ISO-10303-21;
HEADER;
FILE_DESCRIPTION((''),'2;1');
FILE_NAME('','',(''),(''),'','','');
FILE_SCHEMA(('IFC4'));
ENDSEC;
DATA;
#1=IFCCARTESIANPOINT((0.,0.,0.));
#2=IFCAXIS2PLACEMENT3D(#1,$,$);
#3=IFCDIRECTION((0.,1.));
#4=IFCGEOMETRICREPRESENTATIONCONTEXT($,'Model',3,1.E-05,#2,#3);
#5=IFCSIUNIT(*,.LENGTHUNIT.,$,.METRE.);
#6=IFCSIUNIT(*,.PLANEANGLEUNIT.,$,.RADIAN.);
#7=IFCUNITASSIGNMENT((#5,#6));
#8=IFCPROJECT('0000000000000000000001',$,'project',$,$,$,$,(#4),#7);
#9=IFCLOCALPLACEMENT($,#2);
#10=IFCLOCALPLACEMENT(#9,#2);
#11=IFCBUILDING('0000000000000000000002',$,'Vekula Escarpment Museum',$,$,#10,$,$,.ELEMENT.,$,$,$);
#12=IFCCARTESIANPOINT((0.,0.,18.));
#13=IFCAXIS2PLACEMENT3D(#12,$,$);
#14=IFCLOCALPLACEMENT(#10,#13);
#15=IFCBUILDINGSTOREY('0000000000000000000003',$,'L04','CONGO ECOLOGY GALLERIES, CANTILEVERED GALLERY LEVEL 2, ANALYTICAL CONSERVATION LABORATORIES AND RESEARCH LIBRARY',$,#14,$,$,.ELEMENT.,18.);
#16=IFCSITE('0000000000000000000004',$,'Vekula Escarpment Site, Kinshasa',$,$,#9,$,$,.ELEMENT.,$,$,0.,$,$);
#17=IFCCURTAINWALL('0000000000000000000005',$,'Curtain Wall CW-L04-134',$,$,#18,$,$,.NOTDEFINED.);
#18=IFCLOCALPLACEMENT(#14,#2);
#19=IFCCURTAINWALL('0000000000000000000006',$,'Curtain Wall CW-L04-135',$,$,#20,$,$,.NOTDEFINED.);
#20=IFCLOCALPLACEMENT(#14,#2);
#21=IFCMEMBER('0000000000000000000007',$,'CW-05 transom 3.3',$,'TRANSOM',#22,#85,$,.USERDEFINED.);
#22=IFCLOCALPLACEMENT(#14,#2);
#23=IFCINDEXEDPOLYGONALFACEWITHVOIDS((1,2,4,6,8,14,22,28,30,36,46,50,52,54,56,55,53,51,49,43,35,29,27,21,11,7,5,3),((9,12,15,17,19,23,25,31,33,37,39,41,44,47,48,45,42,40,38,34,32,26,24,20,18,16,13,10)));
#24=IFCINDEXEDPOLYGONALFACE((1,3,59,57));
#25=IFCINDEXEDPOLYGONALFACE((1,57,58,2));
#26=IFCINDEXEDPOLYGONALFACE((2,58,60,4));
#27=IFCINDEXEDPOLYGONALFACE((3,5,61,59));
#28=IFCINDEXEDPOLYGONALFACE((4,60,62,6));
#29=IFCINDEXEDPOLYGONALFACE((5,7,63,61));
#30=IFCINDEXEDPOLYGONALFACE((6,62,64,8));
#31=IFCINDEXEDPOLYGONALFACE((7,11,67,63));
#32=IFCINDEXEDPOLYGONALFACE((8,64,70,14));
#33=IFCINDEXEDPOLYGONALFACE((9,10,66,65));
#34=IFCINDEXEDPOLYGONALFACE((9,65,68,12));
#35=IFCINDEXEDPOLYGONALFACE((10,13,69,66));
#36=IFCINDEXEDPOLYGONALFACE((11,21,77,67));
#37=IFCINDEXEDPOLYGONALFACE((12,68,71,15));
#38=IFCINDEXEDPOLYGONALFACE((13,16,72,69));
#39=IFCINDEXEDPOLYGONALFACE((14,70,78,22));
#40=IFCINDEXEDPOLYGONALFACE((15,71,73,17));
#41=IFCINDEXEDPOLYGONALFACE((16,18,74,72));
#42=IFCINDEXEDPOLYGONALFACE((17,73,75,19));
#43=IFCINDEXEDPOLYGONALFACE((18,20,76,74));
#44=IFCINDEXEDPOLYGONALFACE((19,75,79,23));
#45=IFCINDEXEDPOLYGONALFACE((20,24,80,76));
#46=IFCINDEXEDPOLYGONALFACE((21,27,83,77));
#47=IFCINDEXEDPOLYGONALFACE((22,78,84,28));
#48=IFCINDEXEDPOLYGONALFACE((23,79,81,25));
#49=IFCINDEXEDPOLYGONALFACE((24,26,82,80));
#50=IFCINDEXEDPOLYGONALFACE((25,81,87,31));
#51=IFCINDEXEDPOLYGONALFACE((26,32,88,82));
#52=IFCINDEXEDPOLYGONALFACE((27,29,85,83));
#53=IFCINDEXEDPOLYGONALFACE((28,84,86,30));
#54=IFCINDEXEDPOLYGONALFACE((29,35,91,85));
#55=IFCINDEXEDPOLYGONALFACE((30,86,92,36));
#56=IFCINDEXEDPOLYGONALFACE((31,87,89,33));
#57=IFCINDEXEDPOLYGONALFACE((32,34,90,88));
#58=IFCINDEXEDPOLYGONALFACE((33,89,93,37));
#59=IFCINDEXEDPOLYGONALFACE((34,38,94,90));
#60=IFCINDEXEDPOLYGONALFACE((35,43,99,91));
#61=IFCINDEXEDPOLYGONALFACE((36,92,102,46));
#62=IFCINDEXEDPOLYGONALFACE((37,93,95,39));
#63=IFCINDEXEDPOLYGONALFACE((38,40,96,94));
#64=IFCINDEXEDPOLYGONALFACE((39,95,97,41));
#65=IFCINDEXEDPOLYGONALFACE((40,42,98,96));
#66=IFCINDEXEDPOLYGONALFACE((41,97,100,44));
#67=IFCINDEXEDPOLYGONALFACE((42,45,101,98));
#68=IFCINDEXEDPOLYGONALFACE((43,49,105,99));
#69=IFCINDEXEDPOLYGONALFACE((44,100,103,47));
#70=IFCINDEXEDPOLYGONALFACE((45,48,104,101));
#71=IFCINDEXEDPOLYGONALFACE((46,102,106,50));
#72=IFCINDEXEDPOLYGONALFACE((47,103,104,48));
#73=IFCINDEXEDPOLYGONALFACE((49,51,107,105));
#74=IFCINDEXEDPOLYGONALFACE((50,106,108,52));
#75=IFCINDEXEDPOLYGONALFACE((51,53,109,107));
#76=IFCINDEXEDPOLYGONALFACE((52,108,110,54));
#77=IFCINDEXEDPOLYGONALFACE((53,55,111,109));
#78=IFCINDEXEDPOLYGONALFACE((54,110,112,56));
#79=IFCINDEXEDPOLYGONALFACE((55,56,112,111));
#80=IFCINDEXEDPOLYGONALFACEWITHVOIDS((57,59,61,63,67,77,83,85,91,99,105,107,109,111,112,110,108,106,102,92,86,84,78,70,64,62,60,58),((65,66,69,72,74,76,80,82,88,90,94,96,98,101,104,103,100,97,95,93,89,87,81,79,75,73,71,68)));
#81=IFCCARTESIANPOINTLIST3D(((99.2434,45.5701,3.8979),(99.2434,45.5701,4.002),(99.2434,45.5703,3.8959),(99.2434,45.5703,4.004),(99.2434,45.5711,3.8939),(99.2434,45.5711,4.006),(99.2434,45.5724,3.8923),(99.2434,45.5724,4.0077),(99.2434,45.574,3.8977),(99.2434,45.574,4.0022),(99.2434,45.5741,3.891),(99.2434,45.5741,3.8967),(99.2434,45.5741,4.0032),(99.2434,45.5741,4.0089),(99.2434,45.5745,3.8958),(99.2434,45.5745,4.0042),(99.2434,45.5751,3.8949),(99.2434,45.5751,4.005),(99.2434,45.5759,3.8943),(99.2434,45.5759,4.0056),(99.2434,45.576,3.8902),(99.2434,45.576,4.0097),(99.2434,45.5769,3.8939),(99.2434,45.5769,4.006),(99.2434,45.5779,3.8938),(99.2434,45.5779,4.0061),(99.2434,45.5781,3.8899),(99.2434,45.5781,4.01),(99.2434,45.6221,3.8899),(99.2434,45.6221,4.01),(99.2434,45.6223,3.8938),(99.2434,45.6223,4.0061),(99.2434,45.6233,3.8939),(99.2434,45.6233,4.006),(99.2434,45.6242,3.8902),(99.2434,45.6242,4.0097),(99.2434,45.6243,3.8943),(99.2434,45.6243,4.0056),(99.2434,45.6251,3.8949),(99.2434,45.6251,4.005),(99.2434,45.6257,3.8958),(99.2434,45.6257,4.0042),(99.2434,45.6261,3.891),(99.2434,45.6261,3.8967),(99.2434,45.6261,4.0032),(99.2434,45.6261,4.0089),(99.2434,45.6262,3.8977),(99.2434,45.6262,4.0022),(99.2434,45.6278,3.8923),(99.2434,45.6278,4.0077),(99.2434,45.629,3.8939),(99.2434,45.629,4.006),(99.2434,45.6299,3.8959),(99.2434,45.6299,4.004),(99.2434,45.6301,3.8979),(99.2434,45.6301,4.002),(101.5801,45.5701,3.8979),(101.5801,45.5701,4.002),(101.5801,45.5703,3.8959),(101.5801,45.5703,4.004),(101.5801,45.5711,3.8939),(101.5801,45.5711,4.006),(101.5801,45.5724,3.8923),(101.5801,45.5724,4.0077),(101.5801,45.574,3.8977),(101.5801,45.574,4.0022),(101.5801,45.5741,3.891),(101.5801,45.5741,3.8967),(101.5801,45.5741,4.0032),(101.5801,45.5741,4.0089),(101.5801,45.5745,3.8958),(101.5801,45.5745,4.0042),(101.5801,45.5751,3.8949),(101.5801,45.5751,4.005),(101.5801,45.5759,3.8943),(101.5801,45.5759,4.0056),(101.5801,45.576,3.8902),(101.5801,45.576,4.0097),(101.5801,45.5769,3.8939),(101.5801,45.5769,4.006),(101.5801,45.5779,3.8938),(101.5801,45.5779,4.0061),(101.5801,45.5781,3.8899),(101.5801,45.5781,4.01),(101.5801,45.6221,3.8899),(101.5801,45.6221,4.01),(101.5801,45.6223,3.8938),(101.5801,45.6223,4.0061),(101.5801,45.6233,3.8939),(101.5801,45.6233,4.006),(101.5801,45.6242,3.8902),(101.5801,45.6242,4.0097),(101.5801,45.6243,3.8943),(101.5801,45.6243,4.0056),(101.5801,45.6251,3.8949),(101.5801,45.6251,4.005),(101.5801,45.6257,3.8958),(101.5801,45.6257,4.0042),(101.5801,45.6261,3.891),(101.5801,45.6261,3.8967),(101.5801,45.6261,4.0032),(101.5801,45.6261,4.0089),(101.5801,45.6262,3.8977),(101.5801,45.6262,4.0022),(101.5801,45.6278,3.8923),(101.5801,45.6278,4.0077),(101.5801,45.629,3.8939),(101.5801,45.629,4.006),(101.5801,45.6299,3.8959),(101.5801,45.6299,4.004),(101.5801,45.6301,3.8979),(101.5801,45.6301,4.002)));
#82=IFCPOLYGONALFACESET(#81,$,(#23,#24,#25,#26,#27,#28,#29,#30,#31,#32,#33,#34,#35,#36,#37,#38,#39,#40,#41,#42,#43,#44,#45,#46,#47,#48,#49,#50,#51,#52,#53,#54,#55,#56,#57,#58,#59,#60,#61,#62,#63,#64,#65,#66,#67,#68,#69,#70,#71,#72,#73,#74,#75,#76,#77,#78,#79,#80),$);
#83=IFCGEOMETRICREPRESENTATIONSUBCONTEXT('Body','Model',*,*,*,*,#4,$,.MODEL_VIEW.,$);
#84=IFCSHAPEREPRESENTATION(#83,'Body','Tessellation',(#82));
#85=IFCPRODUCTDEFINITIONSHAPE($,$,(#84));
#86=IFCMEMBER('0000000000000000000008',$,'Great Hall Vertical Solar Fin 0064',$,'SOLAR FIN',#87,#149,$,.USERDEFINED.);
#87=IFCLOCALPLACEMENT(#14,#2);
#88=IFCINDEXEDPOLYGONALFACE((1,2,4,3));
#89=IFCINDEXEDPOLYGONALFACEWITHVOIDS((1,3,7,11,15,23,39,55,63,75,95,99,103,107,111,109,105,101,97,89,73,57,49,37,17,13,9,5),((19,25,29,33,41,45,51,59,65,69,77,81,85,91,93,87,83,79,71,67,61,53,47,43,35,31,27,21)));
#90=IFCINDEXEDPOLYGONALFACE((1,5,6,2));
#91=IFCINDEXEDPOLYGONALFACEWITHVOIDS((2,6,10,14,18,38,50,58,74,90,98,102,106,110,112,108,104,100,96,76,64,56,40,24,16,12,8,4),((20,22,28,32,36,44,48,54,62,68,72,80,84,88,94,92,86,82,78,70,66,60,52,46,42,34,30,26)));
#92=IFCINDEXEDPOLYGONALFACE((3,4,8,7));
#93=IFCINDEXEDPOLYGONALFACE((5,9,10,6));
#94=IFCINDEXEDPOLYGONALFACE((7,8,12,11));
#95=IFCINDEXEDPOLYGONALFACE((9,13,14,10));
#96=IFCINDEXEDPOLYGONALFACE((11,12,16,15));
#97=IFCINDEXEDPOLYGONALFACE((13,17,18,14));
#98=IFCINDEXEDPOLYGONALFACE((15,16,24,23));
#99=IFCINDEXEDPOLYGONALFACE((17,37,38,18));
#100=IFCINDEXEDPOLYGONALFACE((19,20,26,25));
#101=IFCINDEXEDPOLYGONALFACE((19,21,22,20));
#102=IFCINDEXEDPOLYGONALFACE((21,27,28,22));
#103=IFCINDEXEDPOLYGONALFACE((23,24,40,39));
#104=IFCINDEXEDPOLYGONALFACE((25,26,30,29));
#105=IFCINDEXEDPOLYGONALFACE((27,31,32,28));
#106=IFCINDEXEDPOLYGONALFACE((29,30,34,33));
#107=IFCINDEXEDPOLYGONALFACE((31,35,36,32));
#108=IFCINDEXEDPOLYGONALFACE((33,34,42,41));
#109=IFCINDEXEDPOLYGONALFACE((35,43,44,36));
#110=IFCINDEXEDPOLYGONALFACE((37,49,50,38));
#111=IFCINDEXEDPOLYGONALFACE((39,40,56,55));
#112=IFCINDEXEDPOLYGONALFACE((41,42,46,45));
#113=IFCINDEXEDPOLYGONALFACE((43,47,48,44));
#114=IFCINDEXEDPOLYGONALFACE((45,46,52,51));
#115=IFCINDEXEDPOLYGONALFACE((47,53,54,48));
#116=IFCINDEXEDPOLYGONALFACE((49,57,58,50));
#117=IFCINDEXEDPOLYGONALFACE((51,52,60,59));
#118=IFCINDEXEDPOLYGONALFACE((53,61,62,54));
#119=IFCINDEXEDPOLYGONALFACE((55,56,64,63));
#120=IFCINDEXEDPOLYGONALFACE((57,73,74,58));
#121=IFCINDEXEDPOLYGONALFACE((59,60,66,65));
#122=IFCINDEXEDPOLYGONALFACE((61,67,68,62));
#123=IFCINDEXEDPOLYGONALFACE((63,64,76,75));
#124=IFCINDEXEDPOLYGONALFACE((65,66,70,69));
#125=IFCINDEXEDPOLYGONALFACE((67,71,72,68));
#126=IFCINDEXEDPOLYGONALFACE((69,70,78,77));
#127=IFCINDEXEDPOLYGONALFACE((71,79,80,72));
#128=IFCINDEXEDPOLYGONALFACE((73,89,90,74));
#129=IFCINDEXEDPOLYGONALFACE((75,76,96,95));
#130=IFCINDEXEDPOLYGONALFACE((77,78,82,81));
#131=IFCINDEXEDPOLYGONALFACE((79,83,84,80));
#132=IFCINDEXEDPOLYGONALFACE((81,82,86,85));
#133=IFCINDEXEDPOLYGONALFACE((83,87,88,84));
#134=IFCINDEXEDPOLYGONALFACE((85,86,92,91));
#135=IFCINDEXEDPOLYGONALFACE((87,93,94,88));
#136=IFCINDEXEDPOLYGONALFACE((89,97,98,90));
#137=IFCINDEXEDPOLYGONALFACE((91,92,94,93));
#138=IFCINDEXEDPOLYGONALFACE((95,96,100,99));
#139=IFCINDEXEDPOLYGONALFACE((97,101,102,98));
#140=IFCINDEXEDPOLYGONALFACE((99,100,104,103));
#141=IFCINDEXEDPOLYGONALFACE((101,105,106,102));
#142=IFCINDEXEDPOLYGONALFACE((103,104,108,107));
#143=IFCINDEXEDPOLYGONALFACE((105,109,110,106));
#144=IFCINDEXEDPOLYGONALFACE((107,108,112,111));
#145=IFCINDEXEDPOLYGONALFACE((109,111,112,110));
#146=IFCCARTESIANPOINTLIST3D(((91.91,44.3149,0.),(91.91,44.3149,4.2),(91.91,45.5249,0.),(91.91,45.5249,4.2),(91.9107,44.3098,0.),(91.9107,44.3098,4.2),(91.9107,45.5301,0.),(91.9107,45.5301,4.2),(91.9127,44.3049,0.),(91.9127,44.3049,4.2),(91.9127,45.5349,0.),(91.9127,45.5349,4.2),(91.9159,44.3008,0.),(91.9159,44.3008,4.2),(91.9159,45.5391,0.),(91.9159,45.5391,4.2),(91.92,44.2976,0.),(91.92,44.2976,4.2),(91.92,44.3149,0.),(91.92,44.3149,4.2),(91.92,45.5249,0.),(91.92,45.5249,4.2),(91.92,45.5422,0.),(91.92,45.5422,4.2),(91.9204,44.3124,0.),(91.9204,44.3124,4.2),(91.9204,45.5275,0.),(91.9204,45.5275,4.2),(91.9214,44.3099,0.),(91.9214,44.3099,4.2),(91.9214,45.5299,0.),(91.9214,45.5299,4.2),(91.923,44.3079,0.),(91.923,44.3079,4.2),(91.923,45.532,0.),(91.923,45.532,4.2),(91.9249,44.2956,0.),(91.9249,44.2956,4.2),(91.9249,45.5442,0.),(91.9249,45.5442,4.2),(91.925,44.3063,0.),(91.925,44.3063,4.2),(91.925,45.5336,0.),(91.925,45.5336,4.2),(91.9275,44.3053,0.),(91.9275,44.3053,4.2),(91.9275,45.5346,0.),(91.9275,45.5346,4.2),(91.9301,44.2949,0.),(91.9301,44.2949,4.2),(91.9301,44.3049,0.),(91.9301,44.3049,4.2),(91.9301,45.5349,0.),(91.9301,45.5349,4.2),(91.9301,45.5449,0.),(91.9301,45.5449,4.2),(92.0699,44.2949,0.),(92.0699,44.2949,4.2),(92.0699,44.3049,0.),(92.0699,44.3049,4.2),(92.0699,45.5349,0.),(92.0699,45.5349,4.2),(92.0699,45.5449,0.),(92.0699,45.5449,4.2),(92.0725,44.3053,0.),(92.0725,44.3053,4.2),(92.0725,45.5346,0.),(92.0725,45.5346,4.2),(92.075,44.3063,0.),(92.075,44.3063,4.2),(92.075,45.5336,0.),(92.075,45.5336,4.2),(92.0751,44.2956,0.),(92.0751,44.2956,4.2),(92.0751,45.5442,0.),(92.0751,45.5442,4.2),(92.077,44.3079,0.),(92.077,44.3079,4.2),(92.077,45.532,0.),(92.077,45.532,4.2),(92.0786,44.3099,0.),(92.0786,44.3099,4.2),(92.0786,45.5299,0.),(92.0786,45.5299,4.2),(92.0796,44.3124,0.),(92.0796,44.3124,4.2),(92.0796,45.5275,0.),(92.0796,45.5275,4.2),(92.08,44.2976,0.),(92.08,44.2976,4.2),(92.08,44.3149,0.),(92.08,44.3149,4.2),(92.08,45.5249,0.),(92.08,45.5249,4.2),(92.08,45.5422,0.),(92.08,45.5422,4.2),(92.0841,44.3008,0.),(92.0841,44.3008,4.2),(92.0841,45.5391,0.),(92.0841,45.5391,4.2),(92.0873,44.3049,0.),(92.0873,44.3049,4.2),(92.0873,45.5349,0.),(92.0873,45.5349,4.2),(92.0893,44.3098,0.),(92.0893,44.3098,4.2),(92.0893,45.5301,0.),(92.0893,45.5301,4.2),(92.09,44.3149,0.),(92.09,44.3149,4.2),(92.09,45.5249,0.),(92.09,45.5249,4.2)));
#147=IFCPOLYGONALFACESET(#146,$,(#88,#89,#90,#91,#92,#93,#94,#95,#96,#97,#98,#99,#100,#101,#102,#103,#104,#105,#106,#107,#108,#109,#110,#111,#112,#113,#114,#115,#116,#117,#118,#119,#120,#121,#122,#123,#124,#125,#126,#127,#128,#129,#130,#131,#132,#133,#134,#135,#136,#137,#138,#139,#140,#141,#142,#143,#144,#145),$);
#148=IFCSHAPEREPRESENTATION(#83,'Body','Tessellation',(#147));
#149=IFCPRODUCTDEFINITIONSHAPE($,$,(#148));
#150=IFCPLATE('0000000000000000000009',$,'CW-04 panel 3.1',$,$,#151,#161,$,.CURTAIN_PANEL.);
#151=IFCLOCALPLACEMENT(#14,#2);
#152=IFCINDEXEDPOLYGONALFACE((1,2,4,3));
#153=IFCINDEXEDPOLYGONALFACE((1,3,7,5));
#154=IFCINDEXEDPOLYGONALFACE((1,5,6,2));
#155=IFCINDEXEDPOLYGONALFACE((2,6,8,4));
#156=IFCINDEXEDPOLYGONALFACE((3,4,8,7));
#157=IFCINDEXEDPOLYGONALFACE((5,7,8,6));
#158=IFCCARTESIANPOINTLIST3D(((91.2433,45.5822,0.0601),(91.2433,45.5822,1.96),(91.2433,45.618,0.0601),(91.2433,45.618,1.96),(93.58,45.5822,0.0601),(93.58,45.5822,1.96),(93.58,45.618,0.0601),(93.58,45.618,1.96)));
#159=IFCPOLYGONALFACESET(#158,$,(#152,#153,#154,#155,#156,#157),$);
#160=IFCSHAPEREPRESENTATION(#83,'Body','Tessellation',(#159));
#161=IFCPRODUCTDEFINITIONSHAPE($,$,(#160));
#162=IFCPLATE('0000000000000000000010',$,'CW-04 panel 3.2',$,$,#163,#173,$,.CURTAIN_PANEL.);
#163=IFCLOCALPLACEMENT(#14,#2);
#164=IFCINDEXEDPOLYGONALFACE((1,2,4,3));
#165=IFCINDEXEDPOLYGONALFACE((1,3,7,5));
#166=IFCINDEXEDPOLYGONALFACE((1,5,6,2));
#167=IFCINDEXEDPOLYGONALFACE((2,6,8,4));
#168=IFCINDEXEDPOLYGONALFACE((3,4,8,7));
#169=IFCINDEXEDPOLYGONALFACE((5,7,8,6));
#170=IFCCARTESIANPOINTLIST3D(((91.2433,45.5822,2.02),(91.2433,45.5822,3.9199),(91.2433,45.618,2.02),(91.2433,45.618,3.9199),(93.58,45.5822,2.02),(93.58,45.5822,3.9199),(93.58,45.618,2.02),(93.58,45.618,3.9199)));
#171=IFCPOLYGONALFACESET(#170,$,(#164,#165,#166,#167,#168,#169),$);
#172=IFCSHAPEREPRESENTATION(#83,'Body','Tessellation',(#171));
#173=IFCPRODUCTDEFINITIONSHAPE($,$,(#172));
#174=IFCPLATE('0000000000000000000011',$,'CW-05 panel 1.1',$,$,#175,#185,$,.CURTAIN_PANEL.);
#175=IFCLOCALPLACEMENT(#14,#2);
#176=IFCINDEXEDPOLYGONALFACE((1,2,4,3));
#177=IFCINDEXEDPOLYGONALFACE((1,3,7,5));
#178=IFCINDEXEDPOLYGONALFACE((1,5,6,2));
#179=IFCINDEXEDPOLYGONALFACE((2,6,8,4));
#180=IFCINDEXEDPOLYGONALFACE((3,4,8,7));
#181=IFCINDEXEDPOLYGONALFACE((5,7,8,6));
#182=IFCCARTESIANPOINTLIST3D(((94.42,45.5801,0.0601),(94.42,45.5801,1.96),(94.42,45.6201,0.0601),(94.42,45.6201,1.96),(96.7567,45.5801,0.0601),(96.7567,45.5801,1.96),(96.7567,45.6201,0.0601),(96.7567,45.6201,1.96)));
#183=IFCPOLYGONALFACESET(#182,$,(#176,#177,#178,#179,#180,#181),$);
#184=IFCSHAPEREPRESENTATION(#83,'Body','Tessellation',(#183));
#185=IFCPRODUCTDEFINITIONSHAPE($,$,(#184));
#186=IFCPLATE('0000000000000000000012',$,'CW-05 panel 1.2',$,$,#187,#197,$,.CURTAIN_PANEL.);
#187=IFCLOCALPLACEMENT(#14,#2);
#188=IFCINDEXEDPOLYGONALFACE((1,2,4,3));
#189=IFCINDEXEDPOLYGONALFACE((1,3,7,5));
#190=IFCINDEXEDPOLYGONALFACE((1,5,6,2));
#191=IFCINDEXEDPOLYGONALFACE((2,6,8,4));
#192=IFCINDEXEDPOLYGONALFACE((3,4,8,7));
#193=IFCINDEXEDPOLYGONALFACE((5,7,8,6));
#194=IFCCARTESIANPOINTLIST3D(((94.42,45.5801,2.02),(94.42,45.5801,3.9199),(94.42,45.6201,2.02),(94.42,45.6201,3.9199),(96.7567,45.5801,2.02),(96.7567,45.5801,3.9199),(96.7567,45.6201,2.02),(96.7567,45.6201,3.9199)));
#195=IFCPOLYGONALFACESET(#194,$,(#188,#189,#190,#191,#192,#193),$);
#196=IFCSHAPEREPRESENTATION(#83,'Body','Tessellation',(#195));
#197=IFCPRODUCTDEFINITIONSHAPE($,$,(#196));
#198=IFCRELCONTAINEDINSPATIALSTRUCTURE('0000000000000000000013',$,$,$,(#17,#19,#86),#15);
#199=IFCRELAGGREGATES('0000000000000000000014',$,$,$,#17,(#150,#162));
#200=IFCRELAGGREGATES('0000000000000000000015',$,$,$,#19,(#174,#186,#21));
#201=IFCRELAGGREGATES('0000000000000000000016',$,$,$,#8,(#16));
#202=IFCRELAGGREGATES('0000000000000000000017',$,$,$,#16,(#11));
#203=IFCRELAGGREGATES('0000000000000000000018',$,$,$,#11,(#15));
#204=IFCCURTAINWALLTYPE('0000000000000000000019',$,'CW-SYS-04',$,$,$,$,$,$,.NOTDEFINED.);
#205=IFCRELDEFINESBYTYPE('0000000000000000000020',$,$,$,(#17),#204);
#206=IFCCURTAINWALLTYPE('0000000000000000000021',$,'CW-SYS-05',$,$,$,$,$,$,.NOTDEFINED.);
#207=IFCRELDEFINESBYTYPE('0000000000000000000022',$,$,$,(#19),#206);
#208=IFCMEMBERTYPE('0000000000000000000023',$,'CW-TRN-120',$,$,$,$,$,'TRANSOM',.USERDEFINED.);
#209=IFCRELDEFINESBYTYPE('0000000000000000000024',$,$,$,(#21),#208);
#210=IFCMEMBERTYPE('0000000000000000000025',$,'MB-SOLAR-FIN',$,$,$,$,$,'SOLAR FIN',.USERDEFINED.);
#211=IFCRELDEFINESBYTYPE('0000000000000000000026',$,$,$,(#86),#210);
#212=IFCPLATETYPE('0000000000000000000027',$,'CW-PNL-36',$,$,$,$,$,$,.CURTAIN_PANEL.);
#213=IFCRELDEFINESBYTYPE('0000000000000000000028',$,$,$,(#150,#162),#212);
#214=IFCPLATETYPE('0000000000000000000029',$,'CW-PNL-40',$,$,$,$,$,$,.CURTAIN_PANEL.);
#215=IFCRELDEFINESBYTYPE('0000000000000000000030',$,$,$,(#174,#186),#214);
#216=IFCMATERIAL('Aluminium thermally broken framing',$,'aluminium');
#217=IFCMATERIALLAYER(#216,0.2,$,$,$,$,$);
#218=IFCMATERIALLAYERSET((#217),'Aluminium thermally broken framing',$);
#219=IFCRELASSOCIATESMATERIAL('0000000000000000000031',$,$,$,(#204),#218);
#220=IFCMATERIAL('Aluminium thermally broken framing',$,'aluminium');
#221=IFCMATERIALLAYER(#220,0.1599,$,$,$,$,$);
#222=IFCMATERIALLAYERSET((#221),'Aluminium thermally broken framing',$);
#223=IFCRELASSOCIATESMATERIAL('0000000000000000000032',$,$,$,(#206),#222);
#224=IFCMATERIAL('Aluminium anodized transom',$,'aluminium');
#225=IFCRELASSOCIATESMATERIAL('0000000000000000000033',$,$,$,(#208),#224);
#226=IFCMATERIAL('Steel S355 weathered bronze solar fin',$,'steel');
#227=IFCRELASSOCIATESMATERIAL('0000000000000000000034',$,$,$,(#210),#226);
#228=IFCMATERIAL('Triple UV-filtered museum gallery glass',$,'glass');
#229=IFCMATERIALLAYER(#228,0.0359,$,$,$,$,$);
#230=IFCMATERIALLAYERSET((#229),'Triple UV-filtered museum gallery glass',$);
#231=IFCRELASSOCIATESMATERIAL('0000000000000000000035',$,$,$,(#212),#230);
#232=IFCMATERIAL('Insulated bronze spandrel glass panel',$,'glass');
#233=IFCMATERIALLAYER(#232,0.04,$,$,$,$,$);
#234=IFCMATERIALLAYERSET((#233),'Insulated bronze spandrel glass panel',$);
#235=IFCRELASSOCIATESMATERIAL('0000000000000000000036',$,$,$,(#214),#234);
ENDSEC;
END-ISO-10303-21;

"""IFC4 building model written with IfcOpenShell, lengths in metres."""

from ifc_helpers import new_model, si_unit, direction, frame, origin, origin_2d, place, context, subcontext, project, spatial, rectangle, hollow_rectangle, extrude, material, layer, layer_set, material_profile, profile_set, type_object, element, aggregate, save


model = new_model("IFC4")

# Units and contexts
model_context = context("Model", 3, precision=1e-05, world=origin(), true_north=direction((0.0, 1.0)))
body_context = subcontext(model_context, "Body", "Model", "MODEL_VIEW")
ifc_project = project(units=[si_unit("LENGTHUNIT", "METRE"), si_unit("PLANEANGLEUNIT", "RADIAN")], contexts=[model_context])

# Site, building, storey
site_placement = place(None, origin())
site = spatial("IfcSite", under=ifc_project, at=site_placement, Name="Vekula Escarpment Site, Kinshasa", CompositionType="ELEMENT", RefElevation=0.0)
building_placement = place(site_placement, origin())
building = spatial("IfcBuilding", under=site, at=building_placement, Name="Vekula Escarpment Museum", CompositionType="ELEMENT")
storey_placement = place(building_placement, frame((0.0, 0.0, 18.0)))
storey = spatial("IfcBuildingStorey", under=building, at=storey_placement, Name="L04", Description="CONGO ECOLOGY GALLERIES, CANTILEVERED GALLERY LEVEL 2, ANALYTICAL CONSERVATION LABORATORIES AND RESEARCH LIBRARY", CompositionType="ELEMENT", Elevation=18.0)

# Curtain wall
ifc_material_1 = material(Name="Aluminium thermally broken framing", Category="aluminium")
ifc_layer_1 = layer(ifc_material_1, 0.2)
ifc_layer_set_1 = layer_set([ifc_layer_1], Name="Aluminium thermally broken framing")
curtain_wall_type_1 = type_object("IfcCurtainWallType", Name="CW-SYS-04", PredefinedType="NOTDEFINED", material=ifc_layer_set_1)
curtain_wall_1_placement = place(storey_placement, origin())
curtain_wall_1 = element("IfcCurtainWall", 1, at=curtain_wall_1_placement, inside=storey, type_object=curtain_wall_type_1, Name="Curtain Wall CW-L04-134", PredefinedType="NOTDEFINED")

# Curtain wall
ifc_material_2 = material(Name="Aluminium thermally broken framing", Category="aluminium")
ifc_layer_2 = layer(ifc_material_2, 0.1599)
ifc_layer_set_2 = layer_set([ifc_layer_2], Name="Aluminium thermally broken framing")
curtain_wall_type_2 = type_object("IfcCurtainWallType", Name="CW-SYS-05", PredefinedType="NOTDEFINED", material=ifc_layer_set_2)
curtain_wall_2_placement = place(storey_placement, origin())
curtain_wall_2 = element("IfcCurtainWall", 2, at=curtain_wall_2_placement, inside=storey, type_object=curtain_wall_type_2, Name="Curtain Wall CW-L04-135", PredefinedType="NOTDEFINED")

# Members
ifc_material_3 = material(Name="Aluminium anodized transom", Category="aluminium")
ifc_material_profile_1 = material_profile(ifc_material_3, hollow_rectangle(XDim=0.0601, YDim=0.1201, WallThickness=0.0039, InnerFilletRadius=0.0039, OuterFilletRadius=0.0081, at=origin_2d()), Name="ALU 120x60x4")
ifc_profile_set_1 = profile_set([ifc_material_profile_1], Name="Aluminium anodized transom")
member_type_1 = type_object("IfcMemberType", Name="CW-TRN-120", ElementType="TRANSOM", PredefinedType="USERDEFINED", material=ifc_profile_set_1)
member_1_placement = place(storey_placement, frame((99.2434, 45.6001, 3.95), z_axis=(1.0, 0.0, 0.0), x_axis=(0.0, 1.0, 0.0)))
member_1 = element("IfcMember", 3, at=member_1_placement, type_object=member_type_1, Name="CW-05 transom 3.3", ObjectType="TRANSOM", PredefinedType="USERDEFINED", context=body_context, shape_type="SweptSolid", body=[
    extrude(hollow_rectangle(XDim=0.0601, YDim=0.1201, WallThickness=0.0039, InnerFilletRadius=0.0039, OuterFilletRadius=0.0081, at=origin_2d()), origin(), (0.0, 0.0, 1.0), 2.3367),
])
ifc_material_4 = material(Name="Steel S355 weathered bronze solar fin", Category="steel")
ifc_material_profile_2 = material_profile(ifc_material_4, hollow_rectangle(XDim=0.1799, YDim=1.25, WallThickness=0.01, InnerFilletRadius=0.01, OuterFilletRadius=0.02, at=origin_2d()), Name="RHS 1250x180x10")
ifc_profile_set_2 = profile_set([ifc_material_profile_2], Name="Steel S355 weathered bronze solar fin")
member_type_2 = type_object("IfcMemberType", Name="MB-SOLAR-FIN", ElementType="SOLAR FIN", PredefinedType="USERDEFINED", material=ifc_profile_set_2)
member_2_placement = place(storey_placement, frame((92.0, 44.9199, 0.0), z_axis=(0.0, 0.0, 1.0), x_axis=(1.0, 0.0, 0.0)))
element("IfcMember", 4, at=member_2_placement, inside=storey, type_object=member_type_2, Name="Great Hall Vertical Solar Fin 0064", ObjectType="SOLAR FIN", PredefinedType="USERDEFINED", context=body_context, shape_type="SweptSolid", body=[
    extrude(hollow_rectangle(XDim=0.1799, YDim=1.25, WallThickness=0.01, InnerFilletRadius=0.01, OuterFilletRadius=0.02, at=origin_2d()), origin(), (0.0, 0.0, 1.0), 4.2),
])

# Plates
ifc_material_5 = material(Name="Triple UV-filtered museum gallery glass", Category="glass")
ifc_layer_3 = layer(ifc_material_5, 0.0359)
ifc_layer_set_3 = layer_set([ifc_layer_3], Name="Triple UV-filtered museum gallery glass")
plate_type_1 = type_object("IfcPlateType", Name="CW-PNL-36", PredefinedType="CURTAIN_PANEL", material=ifc_layer_set_3)
plate_1_placement = place(storey_placement, frame((92.4116, 45.6001, 0.0601), z_axis=(0.0, 0.0, 1.0), x_axis=(1.0, 0.0, 0.0)))
plate_1 = element("IfcPlate", 5, at=plate_1_placement, type_object=plate_type_1, Name="CW-04 panel 3.1", PredefinedType="CURTAIN_PANEL", context=body_context, shape_type="SweptSolid", body=[
    extrude(rectangle(XDim=2.3367, YDim=0.0359, at=origin_2d()), origin(), (0.0, 0.0, 1.0), 1.8999),
])
plate_2_placement = place(storey_placement, frame((92.4116, 45.6001, 2.02), z_axis=(0.0, 0.0, 1.0), x_axis=(1.0, 0.0, 0.0)))
plate_2 = element("IfcPlate", 6, at=plate_2_placement, type_object=plate_type_1, Name="CW-04 panel 3.2", PredefinedType="CURTAIN_PANEL", context=body_context, shape_type="SweptSolid", body=[
    extrude(rectangle(XDim=2.3367, YDim=0.0359, at=origin_2d()), origin(), (0.0, 0.0, 1.0), 1.8999),
])
aggregate(curtain_wall_1, [plate_1, plate_2])
ifc_material_6 = material(Name="Insulated bronze spandrel glass panel", Category="glass")
ifc_layer_4 = layer(ifc_material_6, 0.04)
ifc_layer_set_4 = layer_set([ifc_layer_4], Name="Insulated bronze spandrel glass panel")
plate_type_2 = type_object("IfcPlateType", Name="CW-PNL-40", PredefinedType="CURTAIN_PANEL", material=ifc_layer_set_4)
plate_3_placement = place(storey_placement, frame((95.5884, 45.6001, 0.0601), z_axis=(0.0, 0.0, 1.0), x_axis=(1.0, 0.0, 0.0)))
plate_3 = element("IfcPlate", 7, at=plate_3_placement, type_object=plate_type_2, Name="CW-05 panel 1.1", PredefinedType="CURTAIN_PANEL", context=body_context, shape_type="SweptSolid", body=[
    extrude(rectangle(XDim=2.3367, YDim=0.04, at=origin_2d()), origin(), (0.0, 0.0, 1.0), 1.8999),
])
plate_4_placement = place(storey_placement, frame((95.5884, 45.6001, 2.02), z_axis=(0.0, 0.0, 1.0), x_axis=(1.0, 0.0, 0.0)))
plate_4 = element("IfcPlate", 8, at=plate_4_placement, type_object=plate_type_2, Name="CW-05 panel 1.2", PredefinedType="CURTAIN_PANEL", context=body_context, shape_type="SweptSolid", body=[
    extrude(rectangle(XDim=2.3367, YDim=0.04, at=origin_2d()), origin(), (0.0, 0.0, 1.0), 1.8999),
])
aggregate(curtain_wall_2, [plate_3, plate_4, member_1])

save(model, "model.ifc")
